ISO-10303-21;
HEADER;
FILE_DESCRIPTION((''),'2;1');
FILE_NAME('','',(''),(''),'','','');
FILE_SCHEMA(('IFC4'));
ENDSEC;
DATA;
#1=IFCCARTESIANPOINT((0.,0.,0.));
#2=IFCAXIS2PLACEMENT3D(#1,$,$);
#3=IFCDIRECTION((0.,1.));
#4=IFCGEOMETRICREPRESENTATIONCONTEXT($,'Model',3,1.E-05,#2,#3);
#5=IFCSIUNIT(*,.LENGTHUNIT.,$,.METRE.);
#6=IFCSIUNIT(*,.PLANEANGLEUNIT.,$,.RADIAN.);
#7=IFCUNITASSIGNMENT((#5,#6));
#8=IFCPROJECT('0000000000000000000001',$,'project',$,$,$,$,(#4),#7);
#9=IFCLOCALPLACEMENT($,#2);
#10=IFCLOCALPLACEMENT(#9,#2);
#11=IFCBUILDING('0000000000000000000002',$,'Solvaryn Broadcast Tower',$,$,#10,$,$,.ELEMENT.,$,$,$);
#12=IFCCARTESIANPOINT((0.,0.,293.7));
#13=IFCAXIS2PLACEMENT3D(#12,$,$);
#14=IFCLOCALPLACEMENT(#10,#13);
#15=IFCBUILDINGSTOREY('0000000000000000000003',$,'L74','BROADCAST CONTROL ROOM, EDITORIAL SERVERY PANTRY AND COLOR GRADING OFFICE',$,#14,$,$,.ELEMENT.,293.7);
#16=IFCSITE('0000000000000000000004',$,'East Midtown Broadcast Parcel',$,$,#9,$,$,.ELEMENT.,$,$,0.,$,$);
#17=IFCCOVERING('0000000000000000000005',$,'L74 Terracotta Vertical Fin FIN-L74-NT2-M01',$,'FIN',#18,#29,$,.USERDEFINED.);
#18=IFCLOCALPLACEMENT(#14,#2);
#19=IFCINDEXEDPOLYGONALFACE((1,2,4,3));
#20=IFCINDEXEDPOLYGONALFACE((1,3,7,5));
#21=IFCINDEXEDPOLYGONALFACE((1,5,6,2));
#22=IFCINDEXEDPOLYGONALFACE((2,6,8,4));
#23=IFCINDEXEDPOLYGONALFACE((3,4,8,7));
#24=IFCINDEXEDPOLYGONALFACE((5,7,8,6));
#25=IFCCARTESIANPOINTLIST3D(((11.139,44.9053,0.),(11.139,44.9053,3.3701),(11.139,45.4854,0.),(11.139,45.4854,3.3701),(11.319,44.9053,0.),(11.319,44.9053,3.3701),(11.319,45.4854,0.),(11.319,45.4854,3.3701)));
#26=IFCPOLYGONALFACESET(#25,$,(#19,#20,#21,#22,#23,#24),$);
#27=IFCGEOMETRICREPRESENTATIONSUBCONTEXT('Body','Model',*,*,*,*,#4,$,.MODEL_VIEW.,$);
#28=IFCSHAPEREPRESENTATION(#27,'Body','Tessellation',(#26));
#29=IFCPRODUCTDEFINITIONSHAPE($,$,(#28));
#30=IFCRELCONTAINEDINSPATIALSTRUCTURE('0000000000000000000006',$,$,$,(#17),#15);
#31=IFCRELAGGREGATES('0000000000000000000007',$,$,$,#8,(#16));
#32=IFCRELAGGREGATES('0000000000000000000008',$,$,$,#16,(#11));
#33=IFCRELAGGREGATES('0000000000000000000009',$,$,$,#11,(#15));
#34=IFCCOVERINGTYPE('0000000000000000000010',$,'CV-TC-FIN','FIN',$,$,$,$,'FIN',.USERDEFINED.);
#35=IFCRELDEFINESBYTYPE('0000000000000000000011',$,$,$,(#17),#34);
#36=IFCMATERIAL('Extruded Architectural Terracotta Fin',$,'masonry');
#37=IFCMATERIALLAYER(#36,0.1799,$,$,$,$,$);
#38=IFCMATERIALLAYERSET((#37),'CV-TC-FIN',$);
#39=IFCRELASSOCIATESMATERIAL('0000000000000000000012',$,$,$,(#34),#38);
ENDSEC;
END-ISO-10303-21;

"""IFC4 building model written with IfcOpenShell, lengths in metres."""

from ifc_helpers import new_model, si_unit, direction, frame, origin, origin_2d, place, context, subcontext, project, spatial, rectangle, extrude, material, layer, layer_set, type_object, element, save


model = new_model("IFC4")

# Units and contexts
model_context = context("Model", 3, precision=1e-05, world=origin(), true_north=direction((0.0, 1.0)))
body_context = subcontext(model_context, "Body", "Model", "MODEL_VIEW")
ifc_project = project(units=[si_unit("LENGTHUNIT", "METRE"), si_unit("PLANEANGLEUNIT", "RADIAN")], contexts=[model_context])

# Site, building, storey
site_placement = place(None, origin())
site = spatial("IfcSite", under=ifc_project, at=site_placement, Name="East Midtown Broadcast Parcel", CompositionType="ELEMENT", RefElevation=0.0)
building_placement = place(site_placement, origin())
building = spatial("IfcBuilding", under=site, at=building_placement, Name="Solvaryn Broadcast Tower", CompositionType="ELEMENT")
storey_placement = place(building_placement, frame((0.0, 0.0, 293.7)))
storey = spatial("IfcBuildingStorey", under=building, at=storey_placement, Name="L74", Description="BROADCAST CONTROL ROOM, EDITORIAL SERVERY PANTRY AND COLOR GRADING OFFICE", CompositionType="ELEMENT", Elevation=293.7)

# Covering
ifc_material_1 = material(Name="Extruded Architectural Terracotta Fin", Category="masonry")
ifc_layer_1 = layer(ifc_material_1, 0.1799)
ifc_layer_set_1 = layer_set([ifc_layer_1], Name="CV-TC-FIN")
covering_type_1 = type_object("IfcCoveringType", Name="CV-TC-FIN", Description="FIN", ElementType="FIN", PredefinedType="USERDEFINED", material=ifc_layer_set_1)
for number, where, z_axis, x_axis, name in (
    (1, (11.229, 45.1953, 0.0), (0.0, 0.0, 1.0), (1.0, 0.0, 0.0), "L74 Terracotta Vertical Fin FIN-L74-NT2-M01"),
):
    element("IfcCovering", number, at=place(storey_placement, frame(where, z_axis=z_axis, x_axis=x_axis)), inside=storey, type_object=covering_type_1, Name=name, ObjectType="FIN", PredefinedType="USERDEFINED", context=body_context, shape_type="SweptSolid", body=[
        extrude(rectangle(XDim=0.1799, YDim=0.5801, at=origin_2d()), origin(), (0.0, 0.0, 1.0), 3.3701),
    ])

save(model, "model.ifc")
